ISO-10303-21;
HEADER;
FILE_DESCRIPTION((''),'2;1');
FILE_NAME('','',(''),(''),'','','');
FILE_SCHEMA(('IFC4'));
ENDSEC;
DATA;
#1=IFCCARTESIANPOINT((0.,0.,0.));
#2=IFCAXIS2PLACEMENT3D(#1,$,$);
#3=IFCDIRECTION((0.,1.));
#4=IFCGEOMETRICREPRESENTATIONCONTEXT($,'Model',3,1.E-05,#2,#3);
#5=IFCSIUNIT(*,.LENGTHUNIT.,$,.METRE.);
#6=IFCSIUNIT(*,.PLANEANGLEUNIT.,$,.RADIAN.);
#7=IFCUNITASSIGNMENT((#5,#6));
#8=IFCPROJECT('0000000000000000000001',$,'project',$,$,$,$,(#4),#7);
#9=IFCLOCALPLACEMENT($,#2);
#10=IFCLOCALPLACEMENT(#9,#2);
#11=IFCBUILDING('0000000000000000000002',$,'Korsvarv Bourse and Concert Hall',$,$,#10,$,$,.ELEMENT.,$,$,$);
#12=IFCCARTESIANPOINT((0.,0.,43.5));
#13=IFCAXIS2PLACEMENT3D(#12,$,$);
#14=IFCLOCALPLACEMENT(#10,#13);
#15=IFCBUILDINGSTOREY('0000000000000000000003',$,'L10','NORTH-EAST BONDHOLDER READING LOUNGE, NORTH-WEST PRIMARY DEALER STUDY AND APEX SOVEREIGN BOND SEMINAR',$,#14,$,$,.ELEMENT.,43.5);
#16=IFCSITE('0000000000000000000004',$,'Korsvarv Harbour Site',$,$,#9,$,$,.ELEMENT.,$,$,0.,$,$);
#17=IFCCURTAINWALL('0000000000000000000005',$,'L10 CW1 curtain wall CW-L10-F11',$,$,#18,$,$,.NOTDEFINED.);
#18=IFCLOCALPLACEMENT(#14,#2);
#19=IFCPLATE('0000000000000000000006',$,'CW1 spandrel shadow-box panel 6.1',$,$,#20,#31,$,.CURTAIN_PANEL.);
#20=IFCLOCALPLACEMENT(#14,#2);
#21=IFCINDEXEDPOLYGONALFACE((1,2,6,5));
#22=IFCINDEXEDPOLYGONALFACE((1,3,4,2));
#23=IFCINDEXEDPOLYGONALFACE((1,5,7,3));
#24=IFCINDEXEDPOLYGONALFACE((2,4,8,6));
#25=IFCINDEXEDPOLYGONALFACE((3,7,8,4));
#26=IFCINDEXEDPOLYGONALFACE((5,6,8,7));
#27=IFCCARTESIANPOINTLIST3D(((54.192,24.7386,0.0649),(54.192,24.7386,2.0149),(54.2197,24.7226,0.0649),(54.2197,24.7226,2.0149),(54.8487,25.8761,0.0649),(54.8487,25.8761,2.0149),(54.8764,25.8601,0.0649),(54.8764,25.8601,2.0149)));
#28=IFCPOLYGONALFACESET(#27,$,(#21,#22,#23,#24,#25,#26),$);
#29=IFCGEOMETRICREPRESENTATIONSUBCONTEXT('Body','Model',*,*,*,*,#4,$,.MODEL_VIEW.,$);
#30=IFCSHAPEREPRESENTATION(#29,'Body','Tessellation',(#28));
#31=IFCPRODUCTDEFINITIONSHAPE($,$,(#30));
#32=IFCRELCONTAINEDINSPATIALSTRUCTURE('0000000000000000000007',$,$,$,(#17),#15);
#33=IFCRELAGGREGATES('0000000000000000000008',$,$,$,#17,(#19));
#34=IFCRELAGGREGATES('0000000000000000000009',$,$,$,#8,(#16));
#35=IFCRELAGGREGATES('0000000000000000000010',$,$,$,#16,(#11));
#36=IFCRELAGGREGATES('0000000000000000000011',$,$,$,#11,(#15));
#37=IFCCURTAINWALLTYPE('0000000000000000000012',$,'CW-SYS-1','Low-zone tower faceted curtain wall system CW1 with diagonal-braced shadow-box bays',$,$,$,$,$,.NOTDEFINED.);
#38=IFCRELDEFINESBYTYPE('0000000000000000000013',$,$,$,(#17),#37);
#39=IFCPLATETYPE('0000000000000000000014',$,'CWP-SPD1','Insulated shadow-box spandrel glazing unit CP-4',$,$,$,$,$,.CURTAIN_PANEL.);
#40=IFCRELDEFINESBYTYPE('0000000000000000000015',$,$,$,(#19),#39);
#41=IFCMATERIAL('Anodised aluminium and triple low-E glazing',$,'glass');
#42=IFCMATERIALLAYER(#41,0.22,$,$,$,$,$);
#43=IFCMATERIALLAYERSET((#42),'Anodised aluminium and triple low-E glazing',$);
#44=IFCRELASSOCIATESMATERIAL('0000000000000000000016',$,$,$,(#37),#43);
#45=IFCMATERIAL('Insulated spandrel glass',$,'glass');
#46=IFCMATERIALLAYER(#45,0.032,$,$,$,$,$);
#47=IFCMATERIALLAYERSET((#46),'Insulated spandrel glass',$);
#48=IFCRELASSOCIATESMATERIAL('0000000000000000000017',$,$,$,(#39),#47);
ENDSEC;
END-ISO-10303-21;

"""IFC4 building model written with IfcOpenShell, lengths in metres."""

from ifc_helpers import new_model, si_unit, direction, frame, origin, origin_2d, place, context, subcontext, project, spatial, rectangle, extrude, source, transform, mapped, material, layer, layer_set, type_object, element, aggregate, save


model = new_model("IFC4")

# Units and contexts
model_context = context("Model", 3, precision=1e-05, world=origin(), true_north=direction((0.0, 1.0)))
body_context = subcontext(model_context, "Body", "Model", "MODEL_VIEW")
ifc_project = project(units=[si_unit("LENGTHUNIT", "METRE"), si_unit("PLANEANGLEUNIT", "RADIAN")], contexts=[model_context])

# Site, building, storey
site_placement = place(None, origin())
site = spatial("IfcSite", under=ifc_project, at=site_placement, Name="Korsvarv Harbour Site", CompositionType="ELEMENT", RefElevation=0.0)
building_placement = place(site_placement, origin())
building = spatial("IfcBuilding", under=site, at=building_placement, Name="Korsvarv Bourse and Concert Hall", CompositionType="ELEMENT")
storey_placement = place(building_placement, frame((0.0, 0.0, 43.5)))
storey = spatial("IfcBuildingStorey", under=building, at=storey_placement, Name="L10", Description="NORTH-EAST BONDHOLDER READING LOUNGE, NORTH-WEST PRIMARY DEALER STUDY AND APEX SOVEREIGN BOND SEMINAR", CompositionType="ELEMENT", Elevation=43.5)

# Curtain wall, plate
ifc_material_1 = material(Name="Anodised aluminium and triple low-E glazing", Category="glass")
ifc_layer_1 = layer(ifc_material_1, 0.22)
ifc_layer_set_1 = layer_set([ifc_layer_1], Name="Anodised aluminium and triple low-E glazing")
curtain_wall_type = type_object("IfcCurtainWallType", Name="CW-SYS-1", Description="Low-zone tower faceted curtain wall system CW1 with diagonal-braced shadow-box bays", PredefinedType="NOTDEFINED", material=ifc_layer_set_1)
curtain_wall_placement = place(storey_placement, origin())
curtain_wall = element("IfcCurtainWall", 1, at=curtain_wall_placement, inside=storey, type_object=curtain_wall_type, Name="L10 CW1 curtain wall CW-L10-F11", PredefinedType="NOTDEFINED")
ifc_material_2 = material(Name="Insulated spandrel glass", Category="glass")
ifc_layer_2 = layer(ifc_material_2, 0.032)
ifc_layer_set_2 = layer_set([ifc_layer_2], Name="Insulated spandrel glass")
plate_type_1 = type_object("IfcPlateType", Name="CWP-SPD1", Description="Insulated shadow-box spandrel glazing unit CP-4", PredefinedType="CURTAIN_PANEL", material=ifc_layer_set_2)
shared_shape_1 = source(origin(), body_context, "Body", "SweptSolid", [
    extrude(rectangle(XDim=1.3135, YDim=0.032, at=origin_2d()), origin(), (0.0, 0.0, 1.0), 1.95),
])
plate_1_placement = place(storey_placement, frame((54.5342, 25.2993, 0.0649), z_axis=(0.0, 0.0, 1.0), x_axis=(0.5, 0.866026, 0.0)))
plate_1 = element("IfcPlate", 2, at=plate_1_placement, type_object=plate_type_1, Name="CW1 spandrel shadow-box panel 6.1", PredefinedType="CURTAIN_PANEL", context=body_context, shape_type="MappedRepresentation", body=[
    mapped(shared_shape_1, transform((0.0, 0.0, 0.0), scale=1.0)),
])
aggregate(curtain_wall, [plate_1])

save(model, "model.ifc")
